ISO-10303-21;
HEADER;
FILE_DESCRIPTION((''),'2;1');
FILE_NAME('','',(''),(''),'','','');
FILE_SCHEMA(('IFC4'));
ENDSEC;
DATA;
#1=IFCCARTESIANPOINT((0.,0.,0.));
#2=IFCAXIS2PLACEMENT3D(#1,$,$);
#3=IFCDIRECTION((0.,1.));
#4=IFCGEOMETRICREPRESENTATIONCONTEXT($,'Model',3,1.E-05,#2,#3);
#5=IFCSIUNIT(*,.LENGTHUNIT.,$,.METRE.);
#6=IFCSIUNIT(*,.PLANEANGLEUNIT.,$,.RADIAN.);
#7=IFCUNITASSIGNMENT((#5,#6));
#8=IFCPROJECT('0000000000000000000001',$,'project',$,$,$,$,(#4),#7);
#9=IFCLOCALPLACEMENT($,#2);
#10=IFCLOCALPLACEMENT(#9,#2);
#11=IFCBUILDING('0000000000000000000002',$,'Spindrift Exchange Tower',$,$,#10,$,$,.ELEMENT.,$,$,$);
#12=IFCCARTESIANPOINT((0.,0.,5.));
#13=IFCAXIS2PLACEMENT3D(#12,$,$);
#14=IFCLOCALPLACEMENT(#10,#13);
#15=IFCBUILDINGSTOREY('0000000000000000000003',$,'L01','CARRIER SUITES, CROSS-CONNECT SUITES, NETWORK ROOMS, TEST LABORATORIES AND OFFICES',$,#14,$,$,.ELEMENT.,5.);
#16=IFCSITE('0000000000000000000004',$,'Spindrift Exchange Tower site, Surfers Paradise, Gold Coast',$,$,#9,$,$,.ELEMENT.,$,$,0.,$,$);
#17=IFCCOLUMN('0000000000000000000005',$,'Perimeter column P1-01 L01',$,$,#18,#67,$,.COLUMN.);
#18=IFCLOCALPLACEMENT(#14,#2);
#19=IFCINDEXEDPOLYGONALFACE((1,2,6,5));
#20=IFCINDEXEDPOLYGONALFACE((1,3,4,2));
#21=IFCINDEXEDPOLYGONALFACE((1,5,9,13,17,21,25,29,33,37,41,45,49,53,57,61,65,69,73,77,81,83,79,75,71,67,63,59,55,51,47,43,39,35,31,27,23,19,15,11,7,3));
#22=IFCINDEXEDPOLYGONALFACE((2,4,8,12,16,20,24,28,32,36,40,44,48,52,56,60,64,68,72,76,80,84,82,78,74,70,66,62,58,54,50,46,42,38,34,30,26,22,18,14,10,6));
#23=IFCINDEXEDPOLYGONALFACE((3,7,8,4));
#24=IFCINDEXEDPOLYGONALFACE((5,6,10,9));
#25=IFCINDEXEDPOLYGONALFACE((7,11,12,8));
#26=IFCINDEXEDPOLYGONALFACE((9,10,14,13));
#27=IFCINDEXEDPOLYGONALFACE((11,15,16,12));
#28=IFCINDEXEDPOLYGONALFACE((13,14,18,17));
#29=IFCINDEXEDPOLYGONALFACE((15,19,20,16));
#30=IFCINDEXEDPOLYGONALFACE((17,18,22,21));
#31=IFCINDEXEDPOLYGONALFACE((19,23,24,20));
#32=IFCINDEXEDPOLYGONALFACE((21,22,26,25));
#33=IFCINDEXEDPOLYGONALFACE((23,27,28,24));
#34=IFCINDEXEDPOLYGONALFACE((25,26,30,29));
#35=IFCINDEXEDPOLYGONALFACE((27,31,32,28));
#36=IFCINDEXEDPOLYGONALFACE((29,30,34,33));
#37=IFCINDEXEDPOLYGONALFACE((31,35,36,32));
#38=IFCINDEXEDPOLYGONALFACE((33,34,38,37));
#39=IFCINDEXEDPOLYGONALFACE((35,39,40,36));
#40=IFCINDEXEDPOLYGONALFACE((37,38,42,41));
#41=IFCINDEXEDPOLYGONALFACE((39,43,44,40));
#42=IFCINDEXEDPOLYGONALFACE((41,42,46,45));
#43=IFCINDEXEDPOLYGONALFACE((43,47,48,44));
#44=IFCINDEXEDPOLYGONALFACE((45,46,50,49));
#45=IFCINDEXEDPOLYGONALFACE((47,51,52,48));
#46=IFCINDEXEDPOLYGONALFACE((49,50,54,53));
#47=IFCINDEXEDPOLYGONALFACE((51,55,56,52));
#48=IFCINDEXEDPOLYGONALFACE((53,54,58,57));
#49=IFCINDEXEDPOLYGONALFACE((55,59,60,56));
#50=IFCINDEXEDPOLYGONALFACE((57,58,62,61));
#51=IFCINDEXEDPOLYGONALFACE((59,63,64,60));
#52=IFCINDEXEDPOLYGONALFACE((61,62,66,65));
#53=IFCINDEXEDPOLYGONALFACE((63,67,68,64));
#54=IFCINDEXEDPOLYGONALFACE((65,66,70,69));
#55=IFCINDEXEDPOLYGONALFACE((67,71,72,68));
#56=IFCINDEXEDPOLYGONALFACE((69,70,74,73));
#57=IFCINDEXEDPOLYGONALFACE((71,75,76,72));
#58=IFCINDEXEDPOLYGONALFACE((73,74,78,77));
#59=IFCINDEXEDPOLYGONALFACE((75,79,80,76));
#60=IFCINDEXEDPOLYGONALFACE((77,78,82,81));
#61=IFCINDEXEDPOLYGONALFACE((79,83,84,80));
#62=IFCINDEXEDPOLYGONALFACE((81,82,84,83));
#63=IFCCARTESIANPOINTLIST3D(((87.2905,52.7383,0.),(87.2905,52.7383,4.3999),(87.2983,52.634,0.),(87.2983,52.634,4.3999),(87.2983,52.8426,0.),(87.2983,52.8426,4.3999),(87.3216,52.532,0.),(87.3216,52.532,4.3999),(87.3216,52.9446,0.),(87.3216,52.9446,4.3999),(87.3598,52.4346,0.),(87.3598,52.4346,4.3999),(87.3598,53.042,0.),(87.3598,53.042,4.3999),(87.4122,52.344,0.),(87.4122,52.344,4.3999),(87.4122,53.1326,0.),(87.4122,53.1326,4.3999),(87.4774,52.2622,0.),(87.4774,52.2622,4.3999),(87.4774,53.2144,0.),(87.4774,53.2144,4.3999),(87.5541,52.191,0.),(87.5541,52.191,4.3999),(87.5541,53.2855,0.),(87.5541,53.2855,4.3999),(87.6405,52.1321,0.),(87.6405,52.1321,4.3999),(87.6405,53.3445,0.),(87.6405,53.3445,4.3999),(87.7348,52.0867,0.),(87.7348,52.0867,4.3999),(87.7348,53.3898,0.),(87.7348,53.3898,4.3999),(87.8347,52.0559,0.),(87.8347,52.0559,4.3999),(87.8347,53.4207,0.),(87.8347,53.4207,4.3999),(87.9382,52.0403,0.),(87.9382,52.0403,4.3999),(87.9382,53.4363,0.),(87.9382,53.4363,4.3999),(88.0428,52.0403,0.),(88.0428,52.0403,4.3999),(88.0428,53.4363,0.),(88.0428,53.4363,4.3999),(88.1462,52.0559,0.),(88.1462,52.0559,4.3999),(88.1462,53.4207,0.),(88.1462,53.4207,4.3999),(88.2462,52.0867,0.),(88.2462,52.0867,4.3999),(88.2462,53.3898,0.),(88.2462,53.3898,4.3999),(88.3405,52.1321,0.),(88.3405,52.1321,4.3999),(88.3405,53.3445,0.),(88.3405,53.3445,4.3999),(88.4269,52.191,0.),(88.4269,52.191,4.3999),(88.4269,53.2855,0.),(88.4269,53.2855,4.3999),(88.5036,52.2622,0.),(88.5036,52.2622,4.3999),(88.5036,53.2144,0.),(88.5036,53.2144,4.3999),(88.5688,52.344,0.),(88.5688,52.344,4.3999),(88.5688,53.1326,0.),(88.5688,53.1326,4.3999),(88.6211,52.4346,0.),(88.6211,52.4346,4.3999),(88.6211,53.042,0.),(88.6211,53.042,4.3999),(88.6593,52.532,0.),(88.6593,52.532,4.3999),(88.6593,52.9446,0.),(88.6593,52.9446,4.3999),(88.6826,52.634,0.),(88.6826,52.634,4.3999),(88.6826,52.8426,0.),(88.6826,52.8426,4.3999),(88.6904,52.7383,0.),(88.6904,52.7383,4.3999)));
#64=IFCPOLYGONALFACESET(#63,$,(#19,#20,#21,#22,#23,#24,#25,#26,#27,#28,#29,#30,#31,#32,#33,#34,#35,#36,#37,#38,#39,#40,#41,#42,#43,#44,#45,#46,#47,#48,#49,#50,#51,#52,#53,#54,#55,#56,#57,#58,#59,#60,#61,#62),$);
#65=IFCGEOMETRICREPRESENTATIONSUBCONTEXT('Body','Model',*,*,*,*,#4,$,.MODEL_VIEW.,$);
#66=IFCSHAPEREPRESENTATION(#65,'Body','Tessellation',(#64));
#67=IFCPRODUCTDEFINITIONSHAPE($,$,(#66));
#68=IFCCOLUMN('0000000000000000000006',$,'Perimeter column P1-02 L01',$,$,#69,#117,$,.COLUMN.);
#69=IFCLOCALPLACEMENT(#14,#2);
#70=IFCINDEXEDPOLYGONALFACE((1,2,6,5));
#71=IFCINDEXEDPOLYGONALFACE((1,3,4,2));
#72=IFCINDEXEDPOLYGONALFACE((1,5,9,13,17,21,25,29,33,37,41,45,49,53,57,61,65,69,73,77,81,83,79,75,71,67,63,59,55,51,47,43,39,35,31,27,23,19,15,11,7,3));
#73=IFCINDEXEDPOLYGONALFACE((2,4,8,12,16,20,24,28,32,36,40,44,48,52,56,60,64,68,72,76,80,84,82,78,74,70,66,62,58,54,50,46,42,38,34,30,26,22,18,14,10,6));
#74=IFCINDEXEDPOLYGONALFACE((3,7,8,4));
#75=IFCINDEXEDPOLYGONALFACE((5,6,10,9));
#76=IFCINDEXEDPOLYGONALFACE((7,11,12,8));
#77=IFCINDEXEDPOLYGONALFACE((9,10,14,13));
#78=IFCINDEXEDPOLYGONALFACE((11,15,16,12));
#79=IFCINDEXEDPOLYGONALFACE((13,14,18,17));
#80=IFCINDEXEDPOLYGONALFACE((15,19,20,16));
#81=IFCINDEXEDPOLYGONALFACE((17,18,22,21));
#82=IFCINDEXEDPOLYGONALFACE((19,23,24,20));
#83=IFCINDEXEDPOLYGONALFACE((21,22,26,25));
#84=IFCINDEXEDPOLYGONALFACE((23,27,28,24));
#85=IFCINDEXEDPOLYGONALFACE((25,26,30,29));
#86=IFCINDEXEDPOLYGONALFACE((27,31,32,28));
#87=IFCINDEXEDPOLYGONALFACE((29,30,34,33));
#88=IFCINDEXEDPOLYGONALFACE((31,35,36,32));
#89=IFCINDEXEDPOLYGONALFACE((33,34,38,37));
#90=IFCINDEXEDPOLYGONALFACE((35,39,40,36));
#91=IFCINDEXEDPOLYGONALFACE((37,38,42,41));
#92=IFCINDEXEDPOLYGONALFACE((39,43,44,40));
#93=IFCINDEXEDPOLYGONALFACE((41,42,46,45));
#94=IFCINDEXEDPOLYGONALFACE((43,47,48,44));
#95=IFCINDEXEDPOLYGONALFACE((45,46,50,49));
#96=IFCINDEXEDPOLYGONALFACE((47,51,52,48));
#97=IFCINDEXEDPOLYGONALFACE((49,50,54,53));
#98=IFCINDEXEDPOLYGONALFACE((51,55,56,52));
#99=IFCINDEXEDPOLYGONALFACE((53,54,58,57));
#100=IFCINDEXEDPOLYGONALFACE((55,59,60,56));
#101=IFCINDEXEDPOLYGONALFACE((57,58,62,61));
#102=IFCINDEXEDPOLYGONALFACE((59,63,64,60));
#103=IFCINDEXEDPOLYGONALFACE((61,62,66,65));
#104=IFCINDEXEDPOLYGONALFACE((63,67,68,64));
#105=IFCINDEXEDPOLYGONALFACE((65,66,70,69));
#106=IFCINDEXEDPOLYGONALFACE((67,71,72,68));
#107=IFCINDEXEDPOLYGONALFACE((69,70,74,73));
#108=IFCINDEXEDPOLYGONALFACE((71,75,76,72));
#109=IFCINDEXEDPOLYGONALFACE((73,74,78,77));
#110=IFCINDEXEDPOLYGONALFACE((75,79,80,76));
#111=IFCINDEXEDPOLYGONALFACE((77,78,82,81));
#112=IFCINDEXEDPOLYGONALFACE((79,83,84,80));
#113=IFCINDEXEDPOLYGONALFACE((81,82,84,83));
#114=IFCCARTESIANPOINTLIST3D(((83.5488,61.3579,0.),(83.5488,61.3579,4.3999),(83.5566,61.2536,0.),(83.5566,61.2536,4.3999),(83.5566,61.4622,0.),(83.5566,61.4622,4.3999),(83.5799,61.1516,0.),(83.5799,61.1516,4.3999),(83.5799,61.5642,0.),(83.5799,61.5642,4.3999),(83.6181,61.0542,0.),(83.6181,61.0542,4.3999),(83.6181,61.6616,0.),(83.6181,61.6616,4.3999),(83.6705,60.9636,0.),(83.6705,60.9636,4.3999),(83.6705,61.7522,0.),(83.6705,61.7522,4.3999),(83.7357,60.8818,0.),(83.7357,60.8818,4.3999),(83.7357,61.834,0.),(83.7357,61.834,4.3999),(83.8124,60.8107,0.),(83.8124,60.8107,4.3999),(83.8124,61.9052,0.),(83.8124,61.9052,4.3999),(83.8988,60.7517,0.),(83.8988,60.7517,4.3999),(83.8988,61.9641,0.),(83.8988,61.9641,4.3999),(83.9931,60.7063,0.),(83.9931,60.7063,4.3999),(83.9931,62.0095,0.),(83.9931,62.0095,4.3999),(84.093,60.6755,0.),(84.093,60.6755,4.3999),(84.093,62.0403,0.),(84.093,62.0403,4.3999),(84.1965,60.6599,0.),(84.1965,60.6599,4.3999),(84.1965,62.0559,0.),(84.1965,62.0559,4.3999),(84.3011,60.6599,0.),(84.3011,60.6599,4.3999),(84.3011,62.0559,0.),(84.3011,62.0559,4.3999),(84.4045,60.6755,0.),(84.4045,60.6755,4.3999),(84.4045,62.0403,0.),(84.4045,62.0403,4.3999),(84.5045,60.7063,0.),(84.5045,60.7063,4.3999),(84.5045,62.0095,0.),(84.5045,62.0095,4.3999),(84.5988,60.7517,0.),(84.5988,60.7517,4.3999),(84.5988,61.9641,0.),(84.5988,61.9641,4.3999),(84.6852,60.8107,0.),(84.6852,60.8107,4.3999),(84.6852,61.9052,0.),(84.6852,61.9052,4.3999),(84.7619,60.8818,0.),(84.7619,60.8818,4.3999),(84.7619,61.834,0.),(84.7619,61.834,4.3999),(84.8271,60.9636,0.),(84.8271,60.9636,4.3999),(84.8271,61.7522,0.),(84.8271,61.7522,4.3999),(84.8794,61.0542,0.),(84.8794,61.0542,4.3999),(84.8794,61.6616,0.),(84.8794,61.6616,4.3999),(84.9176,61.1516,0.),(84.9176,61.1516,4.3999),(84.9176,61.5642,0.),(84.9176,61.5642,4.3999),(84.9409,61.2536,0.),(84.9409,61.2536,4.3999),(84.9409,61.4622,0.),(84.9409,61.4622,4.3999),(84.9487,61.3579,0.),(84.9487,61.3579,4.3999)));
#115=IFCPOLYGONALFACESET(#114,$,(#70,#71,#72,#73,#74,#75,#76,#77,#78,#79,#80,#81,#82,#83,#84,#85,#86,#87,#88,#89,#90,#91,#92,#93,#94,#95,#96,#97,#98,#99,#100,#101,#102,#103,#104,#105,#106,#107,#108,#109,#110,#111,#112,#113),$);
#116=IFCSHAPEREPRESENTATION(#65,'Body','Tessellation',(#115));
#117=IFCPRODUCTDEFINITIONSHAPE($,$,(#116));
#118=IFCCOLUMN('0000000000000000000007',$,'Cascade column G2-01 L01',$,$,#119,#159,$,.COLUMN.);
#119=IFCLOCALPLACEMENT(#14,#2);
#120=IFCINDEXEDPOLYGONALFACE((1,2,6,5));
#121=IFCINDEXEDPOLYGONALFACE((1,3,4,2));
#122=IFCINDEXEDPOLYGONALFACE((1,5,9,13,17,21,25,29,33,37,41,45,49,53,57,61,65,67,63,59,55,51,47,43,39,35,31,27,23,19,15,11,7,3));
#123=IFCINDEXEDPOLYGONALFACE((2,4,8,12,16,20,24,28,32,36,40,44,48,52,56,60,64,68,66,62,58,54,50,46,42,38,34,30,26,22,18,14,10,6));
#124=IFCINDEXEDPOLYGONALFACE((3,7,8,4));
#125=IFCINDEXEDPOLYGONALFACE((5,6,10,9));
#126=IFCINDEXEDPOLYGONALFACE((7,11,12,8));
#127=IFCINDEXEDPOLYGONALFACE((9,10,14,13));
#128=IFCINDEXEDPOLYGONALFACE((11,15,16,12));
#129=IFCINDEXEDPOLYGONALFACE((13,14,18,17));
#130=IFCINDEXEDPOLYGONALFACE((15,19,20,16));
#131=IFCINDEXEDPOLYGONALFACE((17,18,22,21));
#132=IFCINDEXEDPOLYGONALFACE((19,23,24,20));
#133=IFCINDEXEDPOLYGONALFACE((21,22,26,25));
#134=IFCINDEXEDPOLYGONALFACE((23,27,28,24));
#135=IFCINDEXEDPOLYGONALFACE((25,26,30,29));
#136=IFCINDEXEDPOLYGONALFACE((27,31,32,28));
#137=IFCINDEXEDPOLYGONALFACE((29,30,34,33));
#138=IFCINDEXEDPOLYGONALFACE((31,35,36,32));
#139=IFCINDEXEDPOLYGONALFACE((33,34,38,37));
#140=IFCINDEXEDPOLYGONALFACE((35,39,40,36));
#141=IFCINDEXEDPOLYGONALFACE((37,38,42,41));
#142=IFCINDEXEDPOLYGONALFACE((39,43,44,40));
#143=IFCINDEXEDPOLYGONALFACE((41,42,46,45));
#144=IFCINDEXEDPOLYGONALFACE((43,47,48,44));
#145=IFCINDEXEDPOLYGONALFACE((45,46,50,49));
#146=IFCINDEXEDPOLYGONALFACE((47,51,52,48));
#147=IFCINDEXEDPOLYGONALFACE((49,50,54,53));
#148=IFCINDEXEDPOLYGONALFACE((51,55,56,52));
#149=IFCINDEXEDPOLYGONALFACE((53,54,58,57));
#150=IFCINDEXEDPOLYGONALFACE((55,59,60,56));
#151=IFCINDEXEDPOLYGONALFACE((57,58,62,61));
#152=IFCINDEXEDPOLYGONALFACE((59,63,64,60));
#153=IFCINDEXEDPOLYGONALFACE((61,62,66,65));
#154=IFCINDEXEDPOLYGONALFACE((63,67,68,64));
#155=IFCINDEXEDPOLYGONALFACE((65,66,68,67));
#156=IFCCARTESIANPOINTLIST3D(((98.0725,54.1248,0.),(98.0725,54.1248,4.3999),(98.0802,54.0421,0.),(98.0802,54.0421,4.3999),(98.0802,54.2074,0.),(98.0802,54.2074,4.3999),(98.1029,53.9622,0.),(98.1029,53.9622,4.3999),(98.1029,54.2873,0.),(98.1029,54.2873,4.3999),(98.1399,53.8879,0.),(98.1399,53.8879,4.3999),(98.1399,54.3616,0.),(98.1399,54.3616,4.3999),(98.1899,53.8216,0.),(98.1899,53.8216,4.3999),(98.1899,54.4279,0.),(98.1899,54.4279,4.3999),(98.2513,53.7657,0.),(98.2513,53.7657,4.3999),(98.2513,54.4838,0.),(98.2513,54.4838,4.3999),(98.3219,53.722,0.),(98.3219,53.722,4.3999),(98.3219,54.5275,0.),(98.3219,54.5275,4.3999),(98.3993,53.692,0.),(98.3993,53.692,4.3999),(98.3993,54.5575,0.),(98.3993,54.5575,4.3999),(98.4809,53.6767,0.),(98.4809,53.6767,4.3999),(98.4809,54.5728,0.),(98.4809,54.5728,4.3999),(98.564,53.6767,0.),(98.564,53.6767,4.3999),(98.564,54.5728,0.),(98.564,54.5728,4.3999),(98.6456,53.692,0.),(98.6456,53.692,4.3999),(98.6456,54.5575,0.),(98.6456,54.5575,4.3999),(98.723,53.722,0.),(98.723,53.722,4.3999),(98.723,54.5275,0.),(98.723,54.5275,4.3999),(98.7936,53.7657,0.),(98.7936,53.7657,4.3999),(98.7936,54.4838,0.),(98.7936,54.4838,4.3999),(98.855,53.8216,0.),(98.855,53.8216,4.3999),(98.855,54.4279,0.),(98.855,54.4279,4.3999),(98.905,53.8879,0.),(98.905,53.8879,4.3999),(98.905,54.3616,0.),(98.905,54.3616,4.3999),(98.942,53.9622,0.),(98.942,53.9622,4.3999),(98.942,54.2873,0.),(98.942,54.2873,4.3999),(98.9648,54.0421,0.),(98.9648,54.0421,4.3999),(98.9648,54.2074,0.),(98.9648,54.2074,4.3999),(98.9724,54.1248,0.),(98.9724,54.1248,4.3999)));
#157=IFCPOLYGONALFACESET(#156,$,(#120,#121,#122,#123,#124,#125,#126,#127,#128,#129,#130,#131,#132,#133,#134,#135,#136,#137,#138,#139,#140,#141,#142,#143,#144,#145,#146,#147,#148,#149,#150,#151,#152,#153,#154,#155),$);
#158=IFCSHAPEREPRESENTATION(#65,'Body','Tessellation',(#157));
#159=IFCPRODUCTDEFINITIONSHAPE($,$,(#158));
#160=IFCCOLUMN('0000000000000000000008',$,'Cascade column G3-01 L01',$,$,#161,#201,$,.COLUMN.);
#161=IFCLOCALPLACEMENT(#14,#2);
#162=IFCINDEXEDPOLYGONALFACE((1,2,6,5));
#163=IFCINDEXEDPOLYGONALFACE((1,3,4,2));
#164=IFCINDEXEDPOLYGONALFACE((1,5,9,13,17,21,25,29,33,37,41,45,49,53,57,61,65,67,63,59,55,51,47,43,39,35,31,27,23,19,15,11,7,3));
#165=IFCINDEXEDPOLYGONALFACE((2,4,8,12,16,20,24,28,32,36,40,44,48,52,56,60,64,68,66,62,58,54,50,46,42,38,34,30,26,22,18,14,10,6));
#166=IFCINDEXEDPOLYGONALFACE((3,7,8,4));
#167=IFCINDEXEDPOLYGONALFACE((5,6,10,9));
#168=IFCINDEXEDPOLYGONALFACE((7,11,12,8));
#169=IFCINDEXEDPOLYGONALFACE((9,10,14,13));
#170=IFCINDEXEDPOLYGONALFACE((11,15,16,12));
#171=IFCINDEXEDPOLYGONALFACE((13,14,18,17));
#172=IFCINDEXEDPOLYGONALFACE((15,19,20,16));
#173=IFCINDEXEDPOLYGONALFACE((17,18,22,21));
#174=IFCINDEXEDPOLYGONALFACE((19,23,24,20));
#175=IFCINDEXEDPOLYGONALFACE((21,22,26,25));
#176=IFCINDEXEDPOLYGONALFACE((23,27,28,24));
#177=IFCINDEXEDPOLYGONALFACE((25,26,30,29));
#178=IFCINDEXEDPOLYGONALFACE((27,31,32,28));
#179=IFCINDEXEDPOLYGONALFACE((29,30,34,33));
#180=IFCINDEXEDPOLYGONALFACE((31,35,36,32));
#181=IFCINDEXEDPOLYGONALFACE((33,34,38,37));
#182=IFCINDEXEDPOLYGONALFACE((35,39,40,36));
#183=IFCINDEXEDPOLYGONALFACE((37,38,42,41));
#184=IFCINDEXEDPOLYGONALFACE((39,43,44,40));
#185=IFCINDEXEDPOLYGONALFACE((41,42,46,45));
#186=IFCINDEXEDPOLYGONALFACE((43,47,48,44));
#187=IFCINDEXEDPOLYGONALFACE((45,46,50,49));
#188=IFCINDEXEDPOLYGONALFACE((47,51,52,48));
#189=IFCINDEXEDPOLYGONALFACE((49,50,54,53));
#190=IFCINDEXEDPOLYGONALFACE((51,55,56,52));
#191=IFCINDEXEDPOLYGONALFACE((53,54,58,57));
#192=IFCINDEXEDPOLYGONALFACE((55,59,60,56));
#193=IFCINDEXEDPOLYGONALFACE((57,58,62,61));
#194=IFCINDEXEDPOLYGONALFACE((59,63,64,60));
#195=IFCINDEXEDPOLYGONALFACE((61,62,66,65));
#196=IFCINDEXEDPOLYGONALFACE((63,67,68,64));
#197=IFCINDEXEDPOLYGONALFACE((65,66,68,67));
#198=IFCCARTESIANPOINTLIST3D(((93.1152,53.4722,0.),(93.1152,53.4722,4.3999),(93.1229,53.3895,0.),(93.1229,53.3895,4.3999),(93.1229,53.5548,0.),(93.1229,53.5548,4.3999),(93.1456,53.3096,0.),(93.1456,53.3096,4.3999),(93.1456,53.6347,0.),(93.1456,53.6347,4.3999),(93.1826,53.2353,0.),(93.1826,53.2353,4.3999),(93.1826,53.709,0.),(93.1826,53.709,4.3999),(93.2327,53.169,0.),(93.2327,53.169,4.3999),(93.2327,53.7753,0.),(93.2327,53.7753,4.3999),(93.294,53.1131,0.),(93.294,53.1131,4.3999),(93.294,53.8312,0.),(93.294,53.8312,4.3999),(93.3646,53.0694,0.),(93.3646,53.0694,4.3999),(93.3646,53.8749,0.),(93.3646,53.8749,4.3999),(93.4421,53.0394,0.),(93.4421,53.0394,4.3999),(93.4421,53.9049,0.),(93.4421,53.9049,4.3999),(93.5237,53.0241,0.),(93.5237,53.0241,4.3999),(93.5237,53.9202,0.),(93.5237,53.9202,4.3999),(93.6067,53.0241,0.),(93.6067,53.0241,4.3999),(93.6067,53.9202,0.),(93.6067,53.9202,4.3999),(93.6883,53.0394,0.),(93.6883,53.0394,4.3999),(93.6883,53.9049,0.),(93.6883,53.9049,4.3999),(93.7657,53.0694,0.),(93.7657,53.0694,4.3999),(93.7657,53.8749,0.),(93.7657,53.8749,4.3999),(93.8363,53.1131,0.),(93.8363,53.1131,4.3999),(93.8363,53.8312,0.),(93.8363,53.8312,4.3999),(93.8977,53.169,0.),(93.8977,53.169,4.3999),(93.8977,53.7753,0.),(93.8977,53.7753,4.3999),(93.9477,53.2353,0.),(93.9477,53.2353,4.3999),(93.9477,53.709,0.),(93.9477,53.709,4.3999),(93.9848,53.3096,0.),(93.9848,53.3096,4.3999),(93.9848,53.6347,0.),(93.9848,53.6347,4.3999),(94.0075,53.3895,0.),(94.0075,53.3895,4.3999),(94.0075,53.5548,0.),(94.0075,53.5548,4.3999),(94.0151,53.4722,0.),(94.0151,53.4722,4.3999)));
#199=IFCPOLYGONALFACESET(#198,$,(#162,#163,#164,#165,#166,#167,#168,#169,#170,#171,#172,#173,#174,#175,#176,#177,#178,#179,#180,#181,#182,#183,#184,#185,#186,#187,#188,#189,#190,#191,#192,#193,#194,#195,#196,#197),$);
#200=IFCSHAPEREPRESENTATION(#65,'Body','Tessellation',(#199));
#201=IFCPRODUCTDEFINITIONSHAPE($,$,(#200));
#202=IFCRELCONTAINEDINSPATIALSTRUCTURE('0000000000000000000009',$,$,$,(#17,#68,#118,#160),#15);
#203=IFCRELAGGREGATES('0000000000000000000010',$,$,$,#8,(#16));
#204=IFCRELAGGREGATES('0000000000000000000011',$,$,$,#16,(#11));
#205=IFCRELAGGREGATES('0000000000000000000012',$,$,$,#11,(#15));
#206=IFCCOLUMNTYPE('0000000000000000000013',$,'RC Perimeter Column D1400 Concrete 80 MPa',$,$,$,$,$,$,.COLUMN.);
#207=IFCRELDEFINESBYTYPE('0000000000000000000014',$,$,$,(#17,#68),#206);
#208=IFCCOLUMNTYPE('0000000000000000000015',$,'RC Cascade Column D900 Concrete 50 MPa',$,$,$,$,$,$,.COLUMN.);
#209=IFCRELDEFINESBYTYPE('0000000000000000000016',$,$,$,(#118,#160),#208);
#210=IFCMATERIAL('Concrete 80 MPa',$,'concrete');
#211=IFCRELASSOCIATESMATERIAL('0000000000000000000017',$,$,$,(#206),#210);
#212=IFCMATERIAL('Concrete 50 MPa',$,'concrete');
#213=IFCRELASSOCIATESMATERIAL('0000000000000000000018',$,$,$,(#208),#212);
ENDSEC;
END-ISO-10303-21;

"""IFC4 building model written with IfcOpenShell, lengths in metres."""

from ifc_helpers import new_model, si_unit, direction, frame, origin, origin_2d, place, context, subcontext, project, spatial, circle, extrude, source, transform, mapped, material, material_profile, profile_set, type_object, element, save


model = new_model("IFC4")

# Units and contexts
model_context = context("Model", 3, precision=1e-05, world=origin(), true_north=direction((0.0, 1.0)))
body_context = subcontext(model_context, "Body", "Model", "MODEL_VIEW")
ifc_project = project(units=[si_unit("LENGTHUNIT", "METRE"), si_unit("PLANEANGLEUNIT", "RADIAN")], contexts=[model_context])

# Site, building, storey
site_placement = place(None, origin())
site = spatial("IfcSite", under=ifc_project, at=site_placement, Name="Spindrift Exchange Tower site, Surfers Paradise, Gold Coast", CompositionType="ELEMENT", RefElevation=0.0)
building_placement = place(site_placement, origin())
building = spatial("IfcBuilding", under=site, at=building_placement, Name="Spindrift Exchange Tower", CompositionType="ELEMENT")
storey_placement = place(building_placement, frame((0.0, 0.0, 5.0)))
storey = spatial("IfcBuildingStorey", under=building, at=storey_placement, Name="L01", Description="CARRIER SUITES, CROSS-CONNECT SUITES, NETWORK ROOMS, TEST LABORATORIES AND OFFICES", CompositionType="ELEMENT", Elevation=5.0)

# Columns
ifc_material_1 = material(Name="Concrete 80 MPa", Category="concrete")
ifc_material_profile_1 = material_profile(ifc_material_1, circle(Radius=0.7, at=origin_2d()), Name="RC D1400")
ifc_profile_set_1 = profile_set([ifc_material_profile_1], Name="Concrete 80 MPa")
column_type_1 = type_object("IfcColumnType", Name="RC Perimeter Column D1400 Concrete 80 MPa", PredefinedType="COLUMN", material=ifc_profile_set_1)
shared_shape_1 = source(origin(), body_context, "Body", "SweptSolid", [
    extrude(circle(Radius=0.7, at=origin_2d()), origin(), (0.0, 0.0, 1.0), 4.3999),
])
for number, where, z_axis, x_axis, name in (
    (1, (87.9905, 52.7383, 0.0), (0.0, 0.0, 1.0), (1.0, 0.0, 0.0), "Perimeter column P1-01 L01"),
    (2, (84.2488, 61.3579, 0.0), (0.0, 0.0, 1.0), (1.0, 0.0, 0.0), "Perimeter column P1-02 L01"),
):
    element("IfcColumn", number, at=place(storey_placement, frame(where, z_axis=z_axis, x_axis=x_axis)), inside=storey, type_object=column_type_1, Name=name, PredefinedType="COLUMN", context=body_context, shape_type="MappedRepresentation", body=[
        mapped(shared_shape_1, transform((0.0, 0.0, 0.0), scale=1.0)),
    ])
ifc_material_2 = material(Name="Concrete 50 MPa", Category="concrete")
ifc_material_profile_2 = material_profile(ifc_material_2, circle(Radius=0.45, at=origin_2d()), Name="RC D900")
ifc_profile_set_2 = profile_set([ifc_material_profile_2], Name="Concrete 50 MPa")
column_type_2 = type_object("IfcColumnType", Name="RC Cascade Column D900 Concrete 50 MPa", PredefinedType="COLUMN", material=ifc_profile_set_2)
shared_shape_2 = source(origin(), body_context, "Body", "SweptSolid", [
    extrude(circle(Radius=0.45, at=origin_2d()), origin(), (0.0, 0.0, 1.0), 4.3999),
])
for number, where, z_axis, x_axis, name in (
    (3, (98.5225, 54.1248, 0.0), (0.0, 0.0, 1.0), (1.0, 0.0, 0.0), "Cascade column G2-01 L01"),
    (4, (93.5652, 53.4722, 0.0), (0.0, 0.0, 1.0), (1.0, 0.0, 0.0), "Cascade column G3-01 L01"),
):
    element("IfcColumn", number, at=place(storey_placement, frame(where, z_axis=z_axis, x_axis=x_axis)), inside=storey, type_object=column_type_2, Name=name, PredefinedType="COLUMN", context=body_context, shape_type="MappedRepresentation", body=[
        mapped(shared_shape_2, transform((0.0, 0.0, 0.0), scale=1.0)),
    ])

save(model, "model.ifc")
